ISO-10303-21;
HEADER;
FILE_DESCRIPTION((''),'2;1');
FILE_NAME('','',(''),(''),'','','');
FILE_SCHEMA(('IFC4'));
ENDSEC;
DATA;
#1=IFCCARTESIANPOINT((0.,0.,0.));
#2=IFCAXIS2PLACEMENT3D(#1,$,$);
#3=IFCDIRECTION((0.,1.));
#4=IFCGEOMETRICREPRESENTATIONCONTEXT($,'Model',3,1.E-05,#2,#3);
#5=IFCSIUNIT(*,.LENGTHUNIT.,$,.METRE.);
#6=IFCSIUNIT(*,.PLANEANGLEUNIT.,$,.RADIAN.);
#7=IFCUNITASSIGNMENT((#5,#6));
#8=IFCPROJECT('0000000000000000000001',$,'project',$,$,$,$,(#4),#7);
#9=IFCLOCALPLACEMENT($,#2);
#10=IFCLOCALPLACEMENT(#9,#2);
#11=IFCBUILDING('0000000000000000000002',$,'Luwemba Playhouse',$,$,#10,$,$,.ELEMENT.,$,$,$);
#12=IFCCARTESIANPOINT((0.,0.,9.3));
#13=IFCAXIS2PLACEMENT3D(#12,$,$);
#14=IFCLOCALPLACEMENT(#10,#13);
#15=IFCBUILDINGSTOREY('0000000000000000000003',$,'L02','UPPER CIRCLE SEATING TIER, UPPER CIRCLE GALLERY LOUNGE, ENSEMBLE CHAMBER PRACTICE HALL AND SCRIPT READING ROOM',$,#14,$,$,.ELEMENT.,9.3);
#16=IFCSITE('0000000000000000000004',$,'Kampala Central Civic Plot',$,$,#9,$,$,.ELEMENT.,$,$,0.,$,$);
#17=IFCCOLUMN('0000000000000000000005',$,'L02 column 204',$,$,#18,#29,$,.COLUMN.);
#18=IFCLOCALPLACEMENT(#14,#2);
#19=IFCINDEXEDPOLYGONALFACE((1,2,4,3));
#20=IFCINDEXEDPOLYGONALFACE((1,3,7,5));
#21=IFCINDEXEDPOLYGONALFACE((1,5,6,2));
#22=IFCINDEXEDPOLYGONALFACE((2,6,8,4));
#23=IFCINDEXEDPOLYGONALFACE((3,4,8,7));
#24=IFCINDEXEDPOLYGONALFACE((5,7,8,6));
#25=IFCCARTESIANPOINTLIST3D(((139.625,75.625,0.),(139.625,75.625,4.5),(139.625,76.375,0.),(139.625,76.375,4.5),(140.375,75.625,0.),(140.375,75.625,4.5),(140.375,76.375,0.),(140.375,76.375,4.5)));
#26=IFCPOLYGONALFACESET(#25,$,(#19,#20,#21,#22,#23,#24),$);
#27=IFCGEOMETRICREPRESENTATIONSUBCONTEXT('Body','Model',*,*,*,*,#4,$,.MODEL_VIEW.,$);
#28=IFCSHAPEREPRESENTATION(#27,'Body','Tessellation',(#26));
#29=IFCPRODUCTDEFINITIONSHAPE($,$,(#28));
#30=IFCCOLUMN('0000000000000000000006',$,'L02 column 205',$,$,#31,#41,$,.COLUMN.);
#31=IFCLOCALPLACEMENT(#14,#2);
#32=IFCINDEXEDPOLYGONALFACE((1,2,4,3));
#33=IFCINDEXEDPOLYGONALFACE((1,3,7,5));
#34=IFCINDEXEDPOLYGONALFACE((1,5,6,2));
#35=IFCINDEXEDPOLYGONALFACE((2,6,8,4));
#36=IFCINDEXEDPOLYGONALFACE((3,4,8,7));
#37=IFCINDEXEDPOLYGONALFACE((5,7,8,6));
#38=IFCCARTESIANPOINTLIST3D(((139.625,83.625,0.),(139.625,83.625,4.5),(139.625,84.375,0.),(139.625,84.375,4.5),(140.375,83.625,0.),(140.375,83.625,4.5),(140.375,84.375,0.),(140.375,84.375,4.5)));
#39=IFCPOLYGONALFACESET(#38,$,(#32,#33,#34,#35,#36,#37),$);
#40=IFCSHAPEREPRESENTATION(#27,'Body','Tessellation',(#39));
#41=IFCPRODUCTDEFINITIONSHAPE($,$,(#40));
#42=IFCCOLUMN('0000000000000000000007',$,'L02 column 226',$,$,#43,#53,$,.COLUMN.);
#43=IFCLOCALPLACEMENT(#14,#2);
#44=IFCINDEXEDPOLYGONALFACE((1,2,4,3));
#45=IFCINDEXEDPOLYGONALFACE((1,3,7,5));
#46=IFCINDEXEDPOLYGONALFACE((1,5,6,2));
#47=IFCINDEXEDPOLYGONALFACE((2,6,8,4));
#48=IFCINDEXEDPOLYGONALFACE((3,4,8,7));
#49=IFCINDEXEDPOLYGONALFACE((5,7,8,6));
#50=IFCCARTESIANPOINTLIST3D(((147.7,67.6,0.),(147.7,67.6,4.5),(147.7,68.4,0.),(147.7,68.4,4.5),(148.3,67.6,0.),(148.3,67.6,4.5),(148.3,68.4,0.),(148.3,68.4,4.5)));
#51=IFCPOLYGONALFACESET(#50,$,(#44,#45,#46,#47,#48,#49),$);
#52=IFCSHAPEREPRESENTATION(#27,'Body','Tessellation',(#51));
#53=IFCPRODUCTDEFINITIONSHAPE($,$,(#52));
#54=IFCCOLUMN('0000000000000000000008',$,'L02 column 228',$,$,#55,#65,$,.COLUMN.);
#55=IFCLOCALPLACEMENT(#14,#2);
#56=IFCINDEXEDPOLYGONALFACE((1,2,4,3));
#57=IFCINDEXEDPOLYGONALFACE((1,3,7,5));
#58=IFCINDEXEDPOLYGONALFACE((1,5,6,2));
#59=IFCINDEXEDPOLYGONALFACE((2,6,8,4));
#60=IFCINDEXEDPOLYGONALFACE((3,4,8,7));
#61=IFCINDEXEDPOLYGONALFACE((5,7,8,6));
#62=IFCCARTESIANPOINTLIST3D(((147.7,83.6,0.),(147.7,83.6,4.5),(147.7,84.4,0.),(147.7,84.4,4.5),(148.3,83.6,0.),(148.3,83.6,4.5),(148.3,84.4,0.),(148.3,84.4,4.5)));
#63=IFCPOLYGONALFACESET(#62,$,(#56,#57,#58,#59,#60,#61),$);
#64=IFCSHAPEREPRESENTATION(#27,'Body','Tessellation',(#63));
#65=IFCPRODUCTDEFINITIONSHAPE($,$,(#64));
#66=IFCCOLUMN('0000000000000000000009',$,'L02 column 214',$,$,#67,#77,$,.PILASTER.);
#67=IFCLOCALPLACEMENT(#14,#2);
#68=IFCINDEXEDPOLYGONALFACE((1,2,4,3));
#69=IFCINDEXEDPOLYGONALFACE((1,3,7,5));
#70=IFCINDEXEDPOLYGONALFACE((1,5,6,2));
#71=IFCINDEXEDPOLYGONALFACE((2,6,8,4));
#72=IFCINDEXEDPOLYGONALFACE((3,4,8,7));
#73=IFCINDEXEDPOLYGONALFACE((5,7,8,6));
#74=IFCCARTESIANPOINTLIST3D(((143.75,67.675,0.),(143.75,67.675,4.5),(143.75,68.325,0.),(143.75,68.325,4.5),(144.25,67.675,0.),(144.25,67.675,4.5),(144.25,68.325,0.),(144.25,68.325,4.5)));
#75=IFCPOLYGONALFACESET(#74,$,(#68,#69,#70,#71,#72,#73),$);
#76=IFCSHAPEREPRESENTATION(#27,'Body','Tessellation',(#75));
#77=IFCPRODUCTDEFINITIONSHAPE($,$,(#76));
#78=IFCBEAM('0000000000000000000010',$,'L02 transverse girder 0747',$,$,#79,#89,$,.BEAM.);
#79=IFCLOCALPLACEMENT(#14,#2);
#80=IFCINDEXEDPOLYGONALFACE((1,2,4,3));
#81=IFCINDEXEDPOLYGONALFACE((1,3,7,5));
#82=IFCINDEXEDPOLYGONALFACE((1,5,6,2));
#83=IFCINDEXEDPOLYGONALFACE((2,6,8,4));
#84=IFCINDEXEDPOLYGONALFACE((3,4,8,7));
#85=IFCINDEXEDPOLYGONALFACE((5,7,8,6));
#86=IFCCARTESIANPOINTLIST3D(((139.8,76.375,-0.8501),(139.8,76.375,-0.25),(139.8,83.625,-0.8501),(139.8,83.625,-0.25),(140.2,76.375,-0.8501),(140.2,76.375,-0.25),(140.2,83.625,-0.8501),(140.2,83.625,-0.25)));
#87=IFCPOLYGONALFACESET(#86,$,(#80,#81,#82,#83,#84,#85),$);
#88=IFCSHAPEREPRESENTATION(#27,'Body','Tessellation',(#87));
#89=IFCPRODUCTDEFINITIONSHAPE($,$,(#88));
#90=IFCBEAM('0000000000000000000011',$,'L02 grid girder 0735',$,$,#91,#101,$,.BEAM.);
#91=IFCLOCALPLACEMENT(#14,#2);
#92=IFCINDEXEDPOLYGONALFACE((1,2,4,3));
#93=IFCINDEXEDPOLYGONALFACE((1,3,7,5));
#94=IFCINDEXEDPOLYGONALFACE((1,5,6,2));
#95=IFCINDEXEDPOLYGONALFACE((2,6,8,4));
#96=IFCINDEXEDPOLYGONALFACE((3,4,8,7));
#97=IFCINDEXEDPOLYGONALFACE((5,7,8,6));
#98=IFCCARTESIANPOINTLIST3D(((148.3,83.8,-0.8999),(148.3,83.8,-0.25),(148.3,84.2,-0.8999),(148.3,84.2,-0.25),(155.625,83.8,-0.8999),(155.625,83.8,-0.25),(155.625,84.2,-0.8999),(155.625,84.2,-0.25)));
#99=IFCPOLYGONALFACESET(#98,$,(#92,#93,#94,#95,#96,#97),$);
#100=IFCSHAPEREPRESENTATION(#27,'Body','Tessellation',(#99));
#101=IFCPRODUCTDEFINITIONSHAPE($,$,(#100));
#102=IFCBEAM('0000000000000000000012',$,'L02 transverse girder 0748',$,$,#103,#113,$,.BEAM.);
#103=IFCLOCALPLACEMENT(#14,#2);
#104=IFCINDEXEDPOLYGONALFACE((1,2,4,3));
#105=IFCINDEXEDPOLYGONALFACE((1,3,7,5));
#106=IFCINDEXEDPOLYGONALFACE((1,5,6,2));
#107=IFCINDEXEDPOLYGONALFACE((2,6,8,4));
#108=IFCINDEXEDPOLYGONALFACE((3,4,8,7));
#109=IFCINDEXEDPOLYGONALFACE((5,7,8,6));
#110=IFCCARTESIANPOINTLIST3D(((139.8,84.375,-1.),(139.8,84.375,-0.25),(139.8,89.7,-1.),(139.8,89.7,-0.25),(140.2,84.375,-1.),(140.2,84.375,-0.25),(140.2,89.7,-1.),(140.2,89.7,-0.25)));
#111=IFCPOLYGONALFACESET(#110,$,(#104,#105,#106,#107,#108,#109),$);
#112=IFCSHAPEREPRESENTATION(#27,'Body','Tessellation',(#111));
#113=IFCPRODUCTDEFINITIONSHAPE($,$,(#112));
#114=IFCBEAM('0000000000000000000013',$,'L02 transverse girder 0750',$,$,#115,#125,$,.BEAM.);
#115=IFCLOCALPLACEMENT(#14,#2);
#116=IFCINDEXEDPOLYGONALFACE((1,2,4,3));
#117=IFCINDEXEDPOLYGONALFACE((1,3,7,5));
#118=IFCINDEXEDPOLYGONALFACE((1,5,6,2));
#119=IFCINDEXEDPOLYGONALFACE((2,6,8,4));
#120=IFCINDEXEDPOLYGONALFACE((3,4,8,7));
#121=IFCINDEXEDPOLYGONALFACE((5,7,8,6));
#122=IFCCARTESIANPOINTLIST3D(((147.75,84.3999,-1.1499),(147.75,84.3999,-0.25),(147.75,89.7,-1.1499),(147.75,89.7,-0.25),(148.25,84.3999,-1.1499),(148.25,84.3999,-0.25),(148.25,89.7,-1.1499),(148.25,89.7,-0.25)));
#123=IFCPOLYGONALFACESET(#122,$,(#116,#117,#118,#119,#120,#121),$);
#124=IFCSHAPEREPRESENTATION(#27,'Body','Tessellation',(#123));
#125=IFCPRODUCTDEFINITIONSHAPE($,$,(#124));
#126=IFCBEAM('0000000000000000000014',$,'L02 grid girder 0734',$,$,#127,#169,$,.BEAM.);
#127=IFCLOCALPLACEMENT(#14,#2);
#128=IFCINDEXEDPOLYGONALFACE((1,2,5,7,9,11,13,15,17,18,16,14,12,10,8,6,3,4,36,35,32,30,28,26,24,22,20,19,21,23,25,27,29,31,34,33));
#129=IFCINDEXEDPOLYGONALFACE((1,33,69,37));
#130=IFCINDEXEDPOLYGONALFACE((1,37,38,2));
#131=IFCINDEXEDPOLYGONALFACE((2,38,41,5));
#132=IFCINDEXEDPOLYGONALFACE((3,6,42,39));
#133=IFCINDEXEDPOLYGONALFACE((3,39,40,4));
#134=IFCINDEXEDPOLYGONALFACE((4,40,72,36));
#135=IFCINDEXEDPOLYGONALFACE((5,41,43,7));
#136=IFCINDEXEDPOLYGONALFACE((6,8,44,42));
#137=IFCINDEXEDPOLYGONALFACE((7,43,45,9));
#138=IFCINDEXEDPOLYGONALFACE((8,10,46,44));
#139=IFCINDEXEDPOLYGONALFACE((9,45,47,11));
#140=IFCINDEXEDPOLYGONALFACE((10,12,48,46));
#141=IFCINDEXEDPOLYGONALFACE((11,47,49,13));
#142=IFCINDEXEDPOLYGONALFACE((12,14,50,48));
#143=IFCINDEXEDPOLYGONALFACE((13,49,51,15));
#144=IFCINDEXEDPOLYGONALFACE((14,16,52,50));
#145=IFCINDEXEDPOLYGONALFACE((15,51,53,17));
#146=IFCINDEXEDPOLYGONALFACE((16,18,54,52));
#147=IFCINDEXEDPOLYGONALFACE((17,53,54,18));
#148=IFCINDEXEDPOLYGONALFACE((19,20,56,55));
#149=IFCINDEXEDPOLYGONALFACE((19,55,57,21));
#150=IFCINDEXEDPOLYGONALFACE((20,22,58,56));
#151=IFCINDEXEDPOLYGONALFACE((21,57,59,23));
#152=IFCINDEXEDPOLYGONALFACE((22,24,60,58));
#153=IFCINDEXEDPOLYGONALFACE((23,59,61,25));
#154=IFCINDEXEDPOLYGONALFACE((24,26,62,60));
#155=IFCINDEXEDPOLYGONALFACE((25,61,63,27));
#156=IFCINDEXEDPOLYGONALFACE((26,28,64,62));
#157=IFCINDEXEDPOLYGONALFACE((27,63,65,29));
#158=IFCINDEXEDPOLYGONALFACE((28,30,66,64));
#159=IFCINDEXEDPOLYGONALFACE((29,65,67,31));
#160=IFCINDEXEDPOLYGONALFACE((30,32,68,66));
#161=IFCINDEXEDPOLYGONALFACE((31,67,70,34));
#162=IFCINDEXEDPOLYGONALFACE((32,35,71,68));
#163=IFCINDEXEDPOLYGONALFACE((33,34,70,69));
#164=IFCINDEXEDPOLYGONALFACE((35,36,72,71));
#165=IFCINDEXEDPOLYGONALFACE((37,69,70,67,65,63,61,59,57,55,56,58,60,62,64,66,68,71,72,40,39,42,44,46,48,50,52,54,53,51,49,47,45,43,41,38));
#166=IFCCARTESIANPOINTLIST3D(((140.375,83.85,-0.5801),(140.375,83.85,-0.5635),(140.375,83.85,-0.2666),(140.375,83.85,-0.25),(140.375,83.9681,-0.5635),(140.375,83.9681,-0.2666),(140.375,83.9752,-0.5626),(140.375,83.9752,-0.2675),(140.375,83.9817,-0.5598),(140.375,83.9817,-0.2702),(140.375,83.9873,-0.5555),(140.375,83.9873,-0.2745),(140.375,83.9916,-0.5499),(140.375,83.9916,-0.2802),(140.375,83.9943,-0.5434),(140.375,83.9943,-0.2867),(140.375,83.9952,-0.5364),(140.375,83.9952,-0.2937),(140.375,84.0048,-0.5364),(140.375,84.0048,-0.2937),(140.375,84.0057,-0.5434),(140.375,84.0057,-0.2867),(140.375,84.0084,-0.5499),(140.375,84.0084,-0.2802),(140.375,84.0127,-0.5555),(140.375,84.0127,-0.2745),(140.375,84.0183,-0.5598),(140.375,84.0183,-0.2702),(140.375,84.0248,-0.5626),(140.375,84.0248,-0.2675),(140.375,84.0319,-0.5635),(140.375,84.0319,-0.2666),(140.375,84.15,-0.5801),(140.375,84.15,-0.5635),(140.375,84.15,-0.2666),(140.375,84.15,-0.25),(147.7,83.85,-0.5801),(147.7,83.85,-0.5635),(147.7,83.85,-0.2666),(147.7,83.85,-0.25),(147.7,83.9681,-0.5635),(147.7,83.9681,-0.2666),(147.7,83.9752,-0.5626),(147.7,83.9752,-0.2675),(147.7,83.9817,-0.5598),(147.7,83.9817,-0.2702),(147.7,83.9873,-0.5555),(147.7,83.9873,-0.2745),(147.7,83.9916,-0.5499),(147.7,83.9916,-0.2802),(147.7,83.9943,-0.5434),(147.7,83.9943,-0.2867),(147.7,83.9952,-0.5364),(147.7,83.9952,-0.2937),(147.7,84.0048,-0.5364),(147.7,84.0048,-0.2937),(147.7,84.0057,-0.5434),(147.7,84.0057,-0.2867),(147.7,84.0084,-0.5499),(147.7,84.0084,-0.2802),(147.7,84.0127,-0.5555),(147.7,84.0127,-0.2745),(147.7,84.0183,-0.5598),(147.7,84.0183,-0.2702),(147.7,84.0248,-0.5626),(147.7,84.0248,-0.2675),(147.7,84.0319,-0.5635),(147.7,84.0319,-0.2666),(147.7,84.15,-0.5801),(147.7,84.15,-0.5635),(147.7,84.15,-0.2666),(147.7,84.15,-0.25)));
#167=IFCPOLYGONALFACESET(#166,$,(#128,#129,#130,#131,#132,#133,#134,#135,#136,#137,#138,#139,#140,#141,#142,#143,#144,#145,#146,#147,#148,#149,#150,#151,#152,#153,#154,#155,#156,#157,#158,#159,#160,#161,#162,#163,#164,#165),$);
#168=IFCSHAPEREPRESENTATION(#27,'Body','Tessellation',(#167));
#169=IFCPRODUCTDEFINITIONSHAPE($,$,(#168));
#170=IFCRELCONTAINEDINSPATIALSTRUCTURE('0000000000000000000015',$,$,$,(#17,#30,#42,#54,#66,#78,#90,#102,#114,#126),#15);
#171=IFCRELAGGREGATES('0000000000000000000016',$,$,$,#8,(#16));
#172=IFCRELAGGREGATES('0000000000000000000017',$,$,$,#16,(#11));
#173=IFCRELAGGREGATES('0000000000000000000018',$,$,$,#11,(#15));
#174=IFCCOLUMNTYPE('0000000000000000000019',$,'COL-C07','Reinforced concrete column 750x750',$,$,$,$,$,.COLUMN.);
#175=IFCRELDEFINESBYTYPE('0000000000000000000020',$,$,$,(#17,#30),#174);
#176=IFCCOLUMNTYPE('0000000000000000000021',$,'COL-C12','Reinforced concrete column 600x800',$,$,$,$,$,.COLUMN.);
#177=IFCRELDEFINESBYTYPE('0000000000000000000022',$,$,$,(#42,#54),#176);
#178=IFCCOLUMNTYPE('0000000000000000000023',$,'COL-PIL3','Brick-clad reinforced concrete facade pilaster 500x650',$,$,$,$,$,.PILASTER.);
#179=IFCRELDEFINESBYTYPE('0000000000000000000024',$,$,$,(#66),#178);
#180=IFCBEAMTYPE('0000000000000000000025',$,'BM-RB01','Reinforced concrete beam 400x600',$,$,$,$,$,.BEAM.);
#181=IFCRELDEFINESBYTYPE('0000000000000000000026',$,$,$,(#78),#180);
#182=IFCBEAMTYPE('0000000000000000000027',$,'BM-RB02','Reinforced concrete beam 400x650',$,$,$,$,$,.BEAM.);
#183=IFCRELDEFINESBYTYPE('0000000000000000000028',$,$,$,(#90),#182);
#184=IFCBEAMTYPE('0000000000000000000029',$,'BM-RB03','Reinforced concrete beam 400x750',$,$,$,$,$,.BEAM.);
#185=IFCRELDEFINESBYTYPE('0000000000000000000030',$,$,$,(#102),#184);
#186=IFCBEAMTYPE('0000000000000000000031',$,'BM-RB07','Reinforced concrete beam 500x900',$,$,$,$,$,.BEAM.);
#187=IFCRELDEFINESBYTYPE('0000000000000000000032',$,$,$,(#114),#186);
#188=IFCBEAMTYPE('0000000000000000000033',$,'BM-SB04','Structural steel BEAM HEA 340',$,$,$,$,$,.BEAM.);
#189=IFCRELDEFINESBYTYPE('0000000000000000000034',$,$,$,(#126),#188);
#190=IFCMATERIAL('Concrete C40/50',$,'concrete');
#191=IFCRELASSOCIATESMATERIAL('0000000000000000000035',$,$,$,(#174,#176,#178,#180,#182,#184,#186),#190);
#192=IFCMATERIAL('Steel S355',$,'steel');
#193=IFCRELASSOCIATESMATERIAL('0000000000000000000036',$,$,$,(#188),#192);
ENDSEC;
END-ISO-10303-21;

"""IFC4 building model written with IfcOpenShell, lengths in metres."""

from ifc_helpers import new_model, si_unit, direction, frame, origin, origin_2d, place, context, subcontext, project, spatial, rectangle, i_section, extrude, material, material_profile, profile_set, type_object, element, save


model = new_model("IFC4")

# Units and contexts
model_context = context("Model", 3, precision=1e-05, world=origin(), true_north=direction((0.0, 1.0)))
body_context = subcontext(model_context, "Body", "Model", "MODEL_VIEW")
ifc_project = project(units=[si_unit("LENGTHUNIT", "METRE"), si_unit("PLANEANGLEUNIT", "RADIAN")], contexts=[model_context])

# Site, building, storey
site_placement = place(None, origin())
site = spatial("IfcSite", under=ifc_project, at=site_placement, Name="Kampala Central Civic Plot", CompositionType="ELEMENT", RefElevation=0.0)
building_placement = place(site_placement, origin())
building = spatial("IfcBuilding", under=site, at=building_placement, Name="Luwemba Playhouse", CompositionType="ELEMENT")
storey_placement = place(building_placement, frame((0.0, 0.0, 9.3)))
storey = spatial("IfcBuildingStorey", under=building, at=storey_placement, Name="L02", Description="UPPER CIRCLE SEATING TIER, UPPER CIRCLE GALLERY LOUNGE, ENSEMBLE CHAMBER PRACTICE HALL AND SCRIPT READING ROOM", CompositionType="ELEMENT", Elevation=9.3)

# Columns
ifc_material_1 = material(Name="Concrete C40/50", Category="concrete")
ifc_material_profile_1 = material_profile(ifc_material_1, rectangle(XDim=0.75, YDim=0.75, at=origin_2d()))
ifc_profile_set_1 = profile_set([ifc_material_profile_1], Name="Concrete C40/50")
column_type_1 = type_object("IfcColumnType", Name="COL-C07", Description="Reinforced concrete column 750x750", PredefinedType="COLUMN", material=ifc_profile_set_1)
for number, where, z_axis, x_axis, name in (
    (1, (140.0, 76.0, 0.0), (0.0, 0.0, 1.0), (1.0, 0.0, 0.0), "L02 column 204"),
    (2, (140.0, 84.0, 0.0), (0.0, 0.0, 1.0), (1.0, 0.0, 0.0), "L02 column 205"),
):
    element("IfcColumn", number, at=place(storey_placement, frame(where, z_axis=z_axis, x_axis=x_axis)), inside=storey, type_object=column_type_1, Name=name, PredefinedType="COLUMN", context=body_context, shape_type="SweptSolid", body=[
        extrude(rectangle(XDim=0.75, YDim=0.75, at=origin_2d()), origin(), (0.0, 0.0, 1.0), 4.5),
    ])
ifc_material_profile_2 = material_profile(ifc_material_1, rectangle(XDim=0.6001, YDim=0.8, at=origin_2d()))
ifc_profile_set_2 = profile_set([ifc_material_profile_2], Name="Concrete C40/50")
column_type_2 = type_object("IfcColumnType", Name="COL-C12", Description="Reinforced concrete column 600x800", PredefinedType="COLUMN", material=ifc_profile_set_2)
for number, where, z_axis, x_axis, name in (
    (3, (148.0, 68.0, 0.0), (0.0, 0.0, 1.0), (1.0, 0.0, 0.0), "L02 column 226"),
    (4, (148.0, 84.0, 0.0), (0.0, 0.0, 1.0), (1.0, 0.0, 0.0), "L02 column 228"),
):
    element("IfcColumn", number, at=place(storey_placement, frame(where, z_axis=z_axis, x_axis=x_axis)), inside=storey, type_object=column_type_2, Name=name, PredefinedType="COLUMN", context=body_context, shape_type="SweptSolid", body=[
        extrude(rectangle(XDim=0.6001, YDim=0.8, at=origin_2d()), origin(), (0.0, 0.0, 1.0), 4.5),
    ])
ifc_material_profile_3 = material_profile(ifc_material_1, rectangle(XDim=0.5, YDim=0.6499, at=origin_2d()))
ifc_profile_set_3 = profile_set([ifc_material_profile_3], Name="Concrete C40/50")
column_type_3 = type_object("IfcColumnType", Name="COL-PIL3", Description="Brick-clad reinforced concrete facade pilaster 500x650", PredefinedType="PILASTER", material=ifc_profile_set_3)
column_placement = place(storey_placement, frame((144.0, 68.0, 0.0), z_axis=(0.0, 0.0, 1.0), x_axis=(1.0, 0.0, 0.0)))
element("IfcColumn", 5, at=column_placement, inside=storey, type_object=column_type_3, Name="L02 column 214", PredefinedType="PILASTER", context=body_context, shape_type="SweptSolid", body=[
    extrude(rectangle(XDim=0.5, YDim=0.6499, at=origin_2d()), origin(), (0.0, 0.0, 1.0), 4.5),
])

# Beams
ifc_material_profile_4 = material_profile(ifc_material_1, rectangle(XDim=0.3999, YDim=0.6001, at=origin_2d()))
ifc_profile_set_4 = profile_set([ifc_material_profile_4], Name="Concrete C40/50")
beam_type_1 = type_object("IfcBeamType", Name="BM-RB01", Description="Reinforced concrete beam 400x600", PredefinedType="BEAM", material=ifc_profile_set_4)
beam_1_placement = place(storey_placement, frame((140.0, 76.375, -0.55), z_axis=(0.0, 1.0, 0.0), x_axis=(-1.0, 0.0, 0.0)))
element("IfcBeam", 6, at=beam_1_placement, inside=storey, type_object=beam_type_1, Name="L02 transverse girder 0747", PredefinedType="BEAM", context=body_context, shape_type="SweptSolid", body=[
    extrude(rectangle(XDim=0.3999, YDim=0.6001, at=origin_2d()), origin(), (0.0, 0.0, 1.0), 7.25),
])
ifc_material_profile_5 = material_profile(ifc_material_1, rectangle(XDim=0.3999, YDim=0.6499, at=origin_2d()))
ifc_profile_set_5 = profile_set([ifc_material_profile_5], Name="Concrete C40/50")
beam_type_2 = type_object("IfcBeamType", Name="BM-RB02", Description="Reinforced concrete beam 400x650", PredefinedType="BEAM", material=ifc_profile_set_5)
beam_2_placement = place(storey_placement, frame((148.3, 84.0, -0.575), z_axis=(1.0, 0.0, 0.0), x_axis=(0.0, 1.0, 0.0)))
element("IfcBeam", 7, at=beam_2_placement, inside=storey, type_object=beam_type_2, Name="L02 grid girder 0735", PredefinedType="BEAM", context=body_context, shape_type="SweptSolid", body=[
    extrude(rectangle(XDim=0.3999, YDim=0.6499, at=origin_2d()), origin(), (0.0, 0.0, 1.0), 7.325),
])
ifc_material_profile_6 = material_profile(ifc_material_1, rectangle(XDim=0.3999, YDim=0.75, at=origin_2d()))
ifc_profile_set_6 = profile_set([ifc_material_profile_6], Name="Concrete C40/50")
beam_type_3 = type_object("IfcBeamType", Name="BM-RB03", Description="Reinforced concrete beam 400x750", PredefinedType="BEAM", material=ifc_profile_set_6)
beam_3_placement = place(storey_placement, frame((140.0, 84.375, -0.625), z_axis=(0.0, 1.0, 0.0), x_axis=(-1.0, 0.0, 0.0)))
element("IfcBeam", 8, at=beam_3_placement, inside=storey, type_object=beam_type_3, Name="L02 transverse girder 0748", PredefinedType="BEAM", context=body_context, shape_type="SweptSolid", body=[
    extrude(rectangle(XDim=0.3999, YDim=0.75, at=origin_2d()), origin(), (0.0, 0.0, 1.0), 5.325),
])
ifc_material_profile_7 = material_profile(ifc_material_1, rectangle(XDim=0.5, YDim=0.8999, at=origin_2d()))
ifc_profile_set_7 = profile_set([ifc_material_profile_7], Name="Concrete C40/50")
beam_type_4 = type_object("IfcBeamType", Name="BM-RB07", Description="Reinforced concrete beam 500x900", PredefinedType="BEAM", material=ifc_profile_set_7)
beam_4_placement = place(storey_placement, frame((148.0, 84.3999, -0.7), z_axis=(0.0, 1.0, 0.0), x_axis=(-1.0, 0.0, 0.0)))
element("IfcBeam", 9, at=beam_4_placement, inside=storey, type_object=beam_type_4, Name="L02 transverse girder 0750", PredefinedType="BEAM", context=body_context, shape_type="SweptSolid", body=[
    extrude(rectangle(XDim=0.5, YDim=0.8999, at=origin_2d()), origin(), (0.0, 0.0, 1.0), 5.3),
])
ifc_material_2 = material(Name="Steel S355", Category="steel")
ifc_material_profile_8 = material_profile(ifc_material_2, i_section(OverallWidth=0.3, OverallDepth=0.3301, WebThickness=0.0095, FlangeThickness=0.0166, FilletRadius=0.0271, at=origin_2d()))
ifc_profile_set_8 = profile_set([ifc_material_profile_8], Name="Steel S355")
beam_type_5 = type_object("IfcBeamType", Name="BM-SB04", Description="Structural steel BEAM HEA 340", PredefinedType="BEAM", material=ifc_profile_set_8)
beam_5_placement = place(storey_placement, frame((140.375, 84.0, -0.415), z_axis=(1.0, 0.0, 0.0), x_axis=(0.0, 1.0, 0.0)))
element("IfcBeam", 10, at=beam_5_placement, inside=storey, type_object=beam_type_5, Name="L02 grid girder 0734", PredefinedType="BEAM", context=body_context, shape_type="SweptSolid", body=[
    extrude(i_section(OverallWidth=0.3, OverallDepth=0.3301, WebThickness=0.0095, FlangeThickness=0.0166, FilletRadius=0.0271, at=origin_2d()), origin(), (0.0, 0.0, 1.0), 7.325),
])

save(model, "model.ifc")
